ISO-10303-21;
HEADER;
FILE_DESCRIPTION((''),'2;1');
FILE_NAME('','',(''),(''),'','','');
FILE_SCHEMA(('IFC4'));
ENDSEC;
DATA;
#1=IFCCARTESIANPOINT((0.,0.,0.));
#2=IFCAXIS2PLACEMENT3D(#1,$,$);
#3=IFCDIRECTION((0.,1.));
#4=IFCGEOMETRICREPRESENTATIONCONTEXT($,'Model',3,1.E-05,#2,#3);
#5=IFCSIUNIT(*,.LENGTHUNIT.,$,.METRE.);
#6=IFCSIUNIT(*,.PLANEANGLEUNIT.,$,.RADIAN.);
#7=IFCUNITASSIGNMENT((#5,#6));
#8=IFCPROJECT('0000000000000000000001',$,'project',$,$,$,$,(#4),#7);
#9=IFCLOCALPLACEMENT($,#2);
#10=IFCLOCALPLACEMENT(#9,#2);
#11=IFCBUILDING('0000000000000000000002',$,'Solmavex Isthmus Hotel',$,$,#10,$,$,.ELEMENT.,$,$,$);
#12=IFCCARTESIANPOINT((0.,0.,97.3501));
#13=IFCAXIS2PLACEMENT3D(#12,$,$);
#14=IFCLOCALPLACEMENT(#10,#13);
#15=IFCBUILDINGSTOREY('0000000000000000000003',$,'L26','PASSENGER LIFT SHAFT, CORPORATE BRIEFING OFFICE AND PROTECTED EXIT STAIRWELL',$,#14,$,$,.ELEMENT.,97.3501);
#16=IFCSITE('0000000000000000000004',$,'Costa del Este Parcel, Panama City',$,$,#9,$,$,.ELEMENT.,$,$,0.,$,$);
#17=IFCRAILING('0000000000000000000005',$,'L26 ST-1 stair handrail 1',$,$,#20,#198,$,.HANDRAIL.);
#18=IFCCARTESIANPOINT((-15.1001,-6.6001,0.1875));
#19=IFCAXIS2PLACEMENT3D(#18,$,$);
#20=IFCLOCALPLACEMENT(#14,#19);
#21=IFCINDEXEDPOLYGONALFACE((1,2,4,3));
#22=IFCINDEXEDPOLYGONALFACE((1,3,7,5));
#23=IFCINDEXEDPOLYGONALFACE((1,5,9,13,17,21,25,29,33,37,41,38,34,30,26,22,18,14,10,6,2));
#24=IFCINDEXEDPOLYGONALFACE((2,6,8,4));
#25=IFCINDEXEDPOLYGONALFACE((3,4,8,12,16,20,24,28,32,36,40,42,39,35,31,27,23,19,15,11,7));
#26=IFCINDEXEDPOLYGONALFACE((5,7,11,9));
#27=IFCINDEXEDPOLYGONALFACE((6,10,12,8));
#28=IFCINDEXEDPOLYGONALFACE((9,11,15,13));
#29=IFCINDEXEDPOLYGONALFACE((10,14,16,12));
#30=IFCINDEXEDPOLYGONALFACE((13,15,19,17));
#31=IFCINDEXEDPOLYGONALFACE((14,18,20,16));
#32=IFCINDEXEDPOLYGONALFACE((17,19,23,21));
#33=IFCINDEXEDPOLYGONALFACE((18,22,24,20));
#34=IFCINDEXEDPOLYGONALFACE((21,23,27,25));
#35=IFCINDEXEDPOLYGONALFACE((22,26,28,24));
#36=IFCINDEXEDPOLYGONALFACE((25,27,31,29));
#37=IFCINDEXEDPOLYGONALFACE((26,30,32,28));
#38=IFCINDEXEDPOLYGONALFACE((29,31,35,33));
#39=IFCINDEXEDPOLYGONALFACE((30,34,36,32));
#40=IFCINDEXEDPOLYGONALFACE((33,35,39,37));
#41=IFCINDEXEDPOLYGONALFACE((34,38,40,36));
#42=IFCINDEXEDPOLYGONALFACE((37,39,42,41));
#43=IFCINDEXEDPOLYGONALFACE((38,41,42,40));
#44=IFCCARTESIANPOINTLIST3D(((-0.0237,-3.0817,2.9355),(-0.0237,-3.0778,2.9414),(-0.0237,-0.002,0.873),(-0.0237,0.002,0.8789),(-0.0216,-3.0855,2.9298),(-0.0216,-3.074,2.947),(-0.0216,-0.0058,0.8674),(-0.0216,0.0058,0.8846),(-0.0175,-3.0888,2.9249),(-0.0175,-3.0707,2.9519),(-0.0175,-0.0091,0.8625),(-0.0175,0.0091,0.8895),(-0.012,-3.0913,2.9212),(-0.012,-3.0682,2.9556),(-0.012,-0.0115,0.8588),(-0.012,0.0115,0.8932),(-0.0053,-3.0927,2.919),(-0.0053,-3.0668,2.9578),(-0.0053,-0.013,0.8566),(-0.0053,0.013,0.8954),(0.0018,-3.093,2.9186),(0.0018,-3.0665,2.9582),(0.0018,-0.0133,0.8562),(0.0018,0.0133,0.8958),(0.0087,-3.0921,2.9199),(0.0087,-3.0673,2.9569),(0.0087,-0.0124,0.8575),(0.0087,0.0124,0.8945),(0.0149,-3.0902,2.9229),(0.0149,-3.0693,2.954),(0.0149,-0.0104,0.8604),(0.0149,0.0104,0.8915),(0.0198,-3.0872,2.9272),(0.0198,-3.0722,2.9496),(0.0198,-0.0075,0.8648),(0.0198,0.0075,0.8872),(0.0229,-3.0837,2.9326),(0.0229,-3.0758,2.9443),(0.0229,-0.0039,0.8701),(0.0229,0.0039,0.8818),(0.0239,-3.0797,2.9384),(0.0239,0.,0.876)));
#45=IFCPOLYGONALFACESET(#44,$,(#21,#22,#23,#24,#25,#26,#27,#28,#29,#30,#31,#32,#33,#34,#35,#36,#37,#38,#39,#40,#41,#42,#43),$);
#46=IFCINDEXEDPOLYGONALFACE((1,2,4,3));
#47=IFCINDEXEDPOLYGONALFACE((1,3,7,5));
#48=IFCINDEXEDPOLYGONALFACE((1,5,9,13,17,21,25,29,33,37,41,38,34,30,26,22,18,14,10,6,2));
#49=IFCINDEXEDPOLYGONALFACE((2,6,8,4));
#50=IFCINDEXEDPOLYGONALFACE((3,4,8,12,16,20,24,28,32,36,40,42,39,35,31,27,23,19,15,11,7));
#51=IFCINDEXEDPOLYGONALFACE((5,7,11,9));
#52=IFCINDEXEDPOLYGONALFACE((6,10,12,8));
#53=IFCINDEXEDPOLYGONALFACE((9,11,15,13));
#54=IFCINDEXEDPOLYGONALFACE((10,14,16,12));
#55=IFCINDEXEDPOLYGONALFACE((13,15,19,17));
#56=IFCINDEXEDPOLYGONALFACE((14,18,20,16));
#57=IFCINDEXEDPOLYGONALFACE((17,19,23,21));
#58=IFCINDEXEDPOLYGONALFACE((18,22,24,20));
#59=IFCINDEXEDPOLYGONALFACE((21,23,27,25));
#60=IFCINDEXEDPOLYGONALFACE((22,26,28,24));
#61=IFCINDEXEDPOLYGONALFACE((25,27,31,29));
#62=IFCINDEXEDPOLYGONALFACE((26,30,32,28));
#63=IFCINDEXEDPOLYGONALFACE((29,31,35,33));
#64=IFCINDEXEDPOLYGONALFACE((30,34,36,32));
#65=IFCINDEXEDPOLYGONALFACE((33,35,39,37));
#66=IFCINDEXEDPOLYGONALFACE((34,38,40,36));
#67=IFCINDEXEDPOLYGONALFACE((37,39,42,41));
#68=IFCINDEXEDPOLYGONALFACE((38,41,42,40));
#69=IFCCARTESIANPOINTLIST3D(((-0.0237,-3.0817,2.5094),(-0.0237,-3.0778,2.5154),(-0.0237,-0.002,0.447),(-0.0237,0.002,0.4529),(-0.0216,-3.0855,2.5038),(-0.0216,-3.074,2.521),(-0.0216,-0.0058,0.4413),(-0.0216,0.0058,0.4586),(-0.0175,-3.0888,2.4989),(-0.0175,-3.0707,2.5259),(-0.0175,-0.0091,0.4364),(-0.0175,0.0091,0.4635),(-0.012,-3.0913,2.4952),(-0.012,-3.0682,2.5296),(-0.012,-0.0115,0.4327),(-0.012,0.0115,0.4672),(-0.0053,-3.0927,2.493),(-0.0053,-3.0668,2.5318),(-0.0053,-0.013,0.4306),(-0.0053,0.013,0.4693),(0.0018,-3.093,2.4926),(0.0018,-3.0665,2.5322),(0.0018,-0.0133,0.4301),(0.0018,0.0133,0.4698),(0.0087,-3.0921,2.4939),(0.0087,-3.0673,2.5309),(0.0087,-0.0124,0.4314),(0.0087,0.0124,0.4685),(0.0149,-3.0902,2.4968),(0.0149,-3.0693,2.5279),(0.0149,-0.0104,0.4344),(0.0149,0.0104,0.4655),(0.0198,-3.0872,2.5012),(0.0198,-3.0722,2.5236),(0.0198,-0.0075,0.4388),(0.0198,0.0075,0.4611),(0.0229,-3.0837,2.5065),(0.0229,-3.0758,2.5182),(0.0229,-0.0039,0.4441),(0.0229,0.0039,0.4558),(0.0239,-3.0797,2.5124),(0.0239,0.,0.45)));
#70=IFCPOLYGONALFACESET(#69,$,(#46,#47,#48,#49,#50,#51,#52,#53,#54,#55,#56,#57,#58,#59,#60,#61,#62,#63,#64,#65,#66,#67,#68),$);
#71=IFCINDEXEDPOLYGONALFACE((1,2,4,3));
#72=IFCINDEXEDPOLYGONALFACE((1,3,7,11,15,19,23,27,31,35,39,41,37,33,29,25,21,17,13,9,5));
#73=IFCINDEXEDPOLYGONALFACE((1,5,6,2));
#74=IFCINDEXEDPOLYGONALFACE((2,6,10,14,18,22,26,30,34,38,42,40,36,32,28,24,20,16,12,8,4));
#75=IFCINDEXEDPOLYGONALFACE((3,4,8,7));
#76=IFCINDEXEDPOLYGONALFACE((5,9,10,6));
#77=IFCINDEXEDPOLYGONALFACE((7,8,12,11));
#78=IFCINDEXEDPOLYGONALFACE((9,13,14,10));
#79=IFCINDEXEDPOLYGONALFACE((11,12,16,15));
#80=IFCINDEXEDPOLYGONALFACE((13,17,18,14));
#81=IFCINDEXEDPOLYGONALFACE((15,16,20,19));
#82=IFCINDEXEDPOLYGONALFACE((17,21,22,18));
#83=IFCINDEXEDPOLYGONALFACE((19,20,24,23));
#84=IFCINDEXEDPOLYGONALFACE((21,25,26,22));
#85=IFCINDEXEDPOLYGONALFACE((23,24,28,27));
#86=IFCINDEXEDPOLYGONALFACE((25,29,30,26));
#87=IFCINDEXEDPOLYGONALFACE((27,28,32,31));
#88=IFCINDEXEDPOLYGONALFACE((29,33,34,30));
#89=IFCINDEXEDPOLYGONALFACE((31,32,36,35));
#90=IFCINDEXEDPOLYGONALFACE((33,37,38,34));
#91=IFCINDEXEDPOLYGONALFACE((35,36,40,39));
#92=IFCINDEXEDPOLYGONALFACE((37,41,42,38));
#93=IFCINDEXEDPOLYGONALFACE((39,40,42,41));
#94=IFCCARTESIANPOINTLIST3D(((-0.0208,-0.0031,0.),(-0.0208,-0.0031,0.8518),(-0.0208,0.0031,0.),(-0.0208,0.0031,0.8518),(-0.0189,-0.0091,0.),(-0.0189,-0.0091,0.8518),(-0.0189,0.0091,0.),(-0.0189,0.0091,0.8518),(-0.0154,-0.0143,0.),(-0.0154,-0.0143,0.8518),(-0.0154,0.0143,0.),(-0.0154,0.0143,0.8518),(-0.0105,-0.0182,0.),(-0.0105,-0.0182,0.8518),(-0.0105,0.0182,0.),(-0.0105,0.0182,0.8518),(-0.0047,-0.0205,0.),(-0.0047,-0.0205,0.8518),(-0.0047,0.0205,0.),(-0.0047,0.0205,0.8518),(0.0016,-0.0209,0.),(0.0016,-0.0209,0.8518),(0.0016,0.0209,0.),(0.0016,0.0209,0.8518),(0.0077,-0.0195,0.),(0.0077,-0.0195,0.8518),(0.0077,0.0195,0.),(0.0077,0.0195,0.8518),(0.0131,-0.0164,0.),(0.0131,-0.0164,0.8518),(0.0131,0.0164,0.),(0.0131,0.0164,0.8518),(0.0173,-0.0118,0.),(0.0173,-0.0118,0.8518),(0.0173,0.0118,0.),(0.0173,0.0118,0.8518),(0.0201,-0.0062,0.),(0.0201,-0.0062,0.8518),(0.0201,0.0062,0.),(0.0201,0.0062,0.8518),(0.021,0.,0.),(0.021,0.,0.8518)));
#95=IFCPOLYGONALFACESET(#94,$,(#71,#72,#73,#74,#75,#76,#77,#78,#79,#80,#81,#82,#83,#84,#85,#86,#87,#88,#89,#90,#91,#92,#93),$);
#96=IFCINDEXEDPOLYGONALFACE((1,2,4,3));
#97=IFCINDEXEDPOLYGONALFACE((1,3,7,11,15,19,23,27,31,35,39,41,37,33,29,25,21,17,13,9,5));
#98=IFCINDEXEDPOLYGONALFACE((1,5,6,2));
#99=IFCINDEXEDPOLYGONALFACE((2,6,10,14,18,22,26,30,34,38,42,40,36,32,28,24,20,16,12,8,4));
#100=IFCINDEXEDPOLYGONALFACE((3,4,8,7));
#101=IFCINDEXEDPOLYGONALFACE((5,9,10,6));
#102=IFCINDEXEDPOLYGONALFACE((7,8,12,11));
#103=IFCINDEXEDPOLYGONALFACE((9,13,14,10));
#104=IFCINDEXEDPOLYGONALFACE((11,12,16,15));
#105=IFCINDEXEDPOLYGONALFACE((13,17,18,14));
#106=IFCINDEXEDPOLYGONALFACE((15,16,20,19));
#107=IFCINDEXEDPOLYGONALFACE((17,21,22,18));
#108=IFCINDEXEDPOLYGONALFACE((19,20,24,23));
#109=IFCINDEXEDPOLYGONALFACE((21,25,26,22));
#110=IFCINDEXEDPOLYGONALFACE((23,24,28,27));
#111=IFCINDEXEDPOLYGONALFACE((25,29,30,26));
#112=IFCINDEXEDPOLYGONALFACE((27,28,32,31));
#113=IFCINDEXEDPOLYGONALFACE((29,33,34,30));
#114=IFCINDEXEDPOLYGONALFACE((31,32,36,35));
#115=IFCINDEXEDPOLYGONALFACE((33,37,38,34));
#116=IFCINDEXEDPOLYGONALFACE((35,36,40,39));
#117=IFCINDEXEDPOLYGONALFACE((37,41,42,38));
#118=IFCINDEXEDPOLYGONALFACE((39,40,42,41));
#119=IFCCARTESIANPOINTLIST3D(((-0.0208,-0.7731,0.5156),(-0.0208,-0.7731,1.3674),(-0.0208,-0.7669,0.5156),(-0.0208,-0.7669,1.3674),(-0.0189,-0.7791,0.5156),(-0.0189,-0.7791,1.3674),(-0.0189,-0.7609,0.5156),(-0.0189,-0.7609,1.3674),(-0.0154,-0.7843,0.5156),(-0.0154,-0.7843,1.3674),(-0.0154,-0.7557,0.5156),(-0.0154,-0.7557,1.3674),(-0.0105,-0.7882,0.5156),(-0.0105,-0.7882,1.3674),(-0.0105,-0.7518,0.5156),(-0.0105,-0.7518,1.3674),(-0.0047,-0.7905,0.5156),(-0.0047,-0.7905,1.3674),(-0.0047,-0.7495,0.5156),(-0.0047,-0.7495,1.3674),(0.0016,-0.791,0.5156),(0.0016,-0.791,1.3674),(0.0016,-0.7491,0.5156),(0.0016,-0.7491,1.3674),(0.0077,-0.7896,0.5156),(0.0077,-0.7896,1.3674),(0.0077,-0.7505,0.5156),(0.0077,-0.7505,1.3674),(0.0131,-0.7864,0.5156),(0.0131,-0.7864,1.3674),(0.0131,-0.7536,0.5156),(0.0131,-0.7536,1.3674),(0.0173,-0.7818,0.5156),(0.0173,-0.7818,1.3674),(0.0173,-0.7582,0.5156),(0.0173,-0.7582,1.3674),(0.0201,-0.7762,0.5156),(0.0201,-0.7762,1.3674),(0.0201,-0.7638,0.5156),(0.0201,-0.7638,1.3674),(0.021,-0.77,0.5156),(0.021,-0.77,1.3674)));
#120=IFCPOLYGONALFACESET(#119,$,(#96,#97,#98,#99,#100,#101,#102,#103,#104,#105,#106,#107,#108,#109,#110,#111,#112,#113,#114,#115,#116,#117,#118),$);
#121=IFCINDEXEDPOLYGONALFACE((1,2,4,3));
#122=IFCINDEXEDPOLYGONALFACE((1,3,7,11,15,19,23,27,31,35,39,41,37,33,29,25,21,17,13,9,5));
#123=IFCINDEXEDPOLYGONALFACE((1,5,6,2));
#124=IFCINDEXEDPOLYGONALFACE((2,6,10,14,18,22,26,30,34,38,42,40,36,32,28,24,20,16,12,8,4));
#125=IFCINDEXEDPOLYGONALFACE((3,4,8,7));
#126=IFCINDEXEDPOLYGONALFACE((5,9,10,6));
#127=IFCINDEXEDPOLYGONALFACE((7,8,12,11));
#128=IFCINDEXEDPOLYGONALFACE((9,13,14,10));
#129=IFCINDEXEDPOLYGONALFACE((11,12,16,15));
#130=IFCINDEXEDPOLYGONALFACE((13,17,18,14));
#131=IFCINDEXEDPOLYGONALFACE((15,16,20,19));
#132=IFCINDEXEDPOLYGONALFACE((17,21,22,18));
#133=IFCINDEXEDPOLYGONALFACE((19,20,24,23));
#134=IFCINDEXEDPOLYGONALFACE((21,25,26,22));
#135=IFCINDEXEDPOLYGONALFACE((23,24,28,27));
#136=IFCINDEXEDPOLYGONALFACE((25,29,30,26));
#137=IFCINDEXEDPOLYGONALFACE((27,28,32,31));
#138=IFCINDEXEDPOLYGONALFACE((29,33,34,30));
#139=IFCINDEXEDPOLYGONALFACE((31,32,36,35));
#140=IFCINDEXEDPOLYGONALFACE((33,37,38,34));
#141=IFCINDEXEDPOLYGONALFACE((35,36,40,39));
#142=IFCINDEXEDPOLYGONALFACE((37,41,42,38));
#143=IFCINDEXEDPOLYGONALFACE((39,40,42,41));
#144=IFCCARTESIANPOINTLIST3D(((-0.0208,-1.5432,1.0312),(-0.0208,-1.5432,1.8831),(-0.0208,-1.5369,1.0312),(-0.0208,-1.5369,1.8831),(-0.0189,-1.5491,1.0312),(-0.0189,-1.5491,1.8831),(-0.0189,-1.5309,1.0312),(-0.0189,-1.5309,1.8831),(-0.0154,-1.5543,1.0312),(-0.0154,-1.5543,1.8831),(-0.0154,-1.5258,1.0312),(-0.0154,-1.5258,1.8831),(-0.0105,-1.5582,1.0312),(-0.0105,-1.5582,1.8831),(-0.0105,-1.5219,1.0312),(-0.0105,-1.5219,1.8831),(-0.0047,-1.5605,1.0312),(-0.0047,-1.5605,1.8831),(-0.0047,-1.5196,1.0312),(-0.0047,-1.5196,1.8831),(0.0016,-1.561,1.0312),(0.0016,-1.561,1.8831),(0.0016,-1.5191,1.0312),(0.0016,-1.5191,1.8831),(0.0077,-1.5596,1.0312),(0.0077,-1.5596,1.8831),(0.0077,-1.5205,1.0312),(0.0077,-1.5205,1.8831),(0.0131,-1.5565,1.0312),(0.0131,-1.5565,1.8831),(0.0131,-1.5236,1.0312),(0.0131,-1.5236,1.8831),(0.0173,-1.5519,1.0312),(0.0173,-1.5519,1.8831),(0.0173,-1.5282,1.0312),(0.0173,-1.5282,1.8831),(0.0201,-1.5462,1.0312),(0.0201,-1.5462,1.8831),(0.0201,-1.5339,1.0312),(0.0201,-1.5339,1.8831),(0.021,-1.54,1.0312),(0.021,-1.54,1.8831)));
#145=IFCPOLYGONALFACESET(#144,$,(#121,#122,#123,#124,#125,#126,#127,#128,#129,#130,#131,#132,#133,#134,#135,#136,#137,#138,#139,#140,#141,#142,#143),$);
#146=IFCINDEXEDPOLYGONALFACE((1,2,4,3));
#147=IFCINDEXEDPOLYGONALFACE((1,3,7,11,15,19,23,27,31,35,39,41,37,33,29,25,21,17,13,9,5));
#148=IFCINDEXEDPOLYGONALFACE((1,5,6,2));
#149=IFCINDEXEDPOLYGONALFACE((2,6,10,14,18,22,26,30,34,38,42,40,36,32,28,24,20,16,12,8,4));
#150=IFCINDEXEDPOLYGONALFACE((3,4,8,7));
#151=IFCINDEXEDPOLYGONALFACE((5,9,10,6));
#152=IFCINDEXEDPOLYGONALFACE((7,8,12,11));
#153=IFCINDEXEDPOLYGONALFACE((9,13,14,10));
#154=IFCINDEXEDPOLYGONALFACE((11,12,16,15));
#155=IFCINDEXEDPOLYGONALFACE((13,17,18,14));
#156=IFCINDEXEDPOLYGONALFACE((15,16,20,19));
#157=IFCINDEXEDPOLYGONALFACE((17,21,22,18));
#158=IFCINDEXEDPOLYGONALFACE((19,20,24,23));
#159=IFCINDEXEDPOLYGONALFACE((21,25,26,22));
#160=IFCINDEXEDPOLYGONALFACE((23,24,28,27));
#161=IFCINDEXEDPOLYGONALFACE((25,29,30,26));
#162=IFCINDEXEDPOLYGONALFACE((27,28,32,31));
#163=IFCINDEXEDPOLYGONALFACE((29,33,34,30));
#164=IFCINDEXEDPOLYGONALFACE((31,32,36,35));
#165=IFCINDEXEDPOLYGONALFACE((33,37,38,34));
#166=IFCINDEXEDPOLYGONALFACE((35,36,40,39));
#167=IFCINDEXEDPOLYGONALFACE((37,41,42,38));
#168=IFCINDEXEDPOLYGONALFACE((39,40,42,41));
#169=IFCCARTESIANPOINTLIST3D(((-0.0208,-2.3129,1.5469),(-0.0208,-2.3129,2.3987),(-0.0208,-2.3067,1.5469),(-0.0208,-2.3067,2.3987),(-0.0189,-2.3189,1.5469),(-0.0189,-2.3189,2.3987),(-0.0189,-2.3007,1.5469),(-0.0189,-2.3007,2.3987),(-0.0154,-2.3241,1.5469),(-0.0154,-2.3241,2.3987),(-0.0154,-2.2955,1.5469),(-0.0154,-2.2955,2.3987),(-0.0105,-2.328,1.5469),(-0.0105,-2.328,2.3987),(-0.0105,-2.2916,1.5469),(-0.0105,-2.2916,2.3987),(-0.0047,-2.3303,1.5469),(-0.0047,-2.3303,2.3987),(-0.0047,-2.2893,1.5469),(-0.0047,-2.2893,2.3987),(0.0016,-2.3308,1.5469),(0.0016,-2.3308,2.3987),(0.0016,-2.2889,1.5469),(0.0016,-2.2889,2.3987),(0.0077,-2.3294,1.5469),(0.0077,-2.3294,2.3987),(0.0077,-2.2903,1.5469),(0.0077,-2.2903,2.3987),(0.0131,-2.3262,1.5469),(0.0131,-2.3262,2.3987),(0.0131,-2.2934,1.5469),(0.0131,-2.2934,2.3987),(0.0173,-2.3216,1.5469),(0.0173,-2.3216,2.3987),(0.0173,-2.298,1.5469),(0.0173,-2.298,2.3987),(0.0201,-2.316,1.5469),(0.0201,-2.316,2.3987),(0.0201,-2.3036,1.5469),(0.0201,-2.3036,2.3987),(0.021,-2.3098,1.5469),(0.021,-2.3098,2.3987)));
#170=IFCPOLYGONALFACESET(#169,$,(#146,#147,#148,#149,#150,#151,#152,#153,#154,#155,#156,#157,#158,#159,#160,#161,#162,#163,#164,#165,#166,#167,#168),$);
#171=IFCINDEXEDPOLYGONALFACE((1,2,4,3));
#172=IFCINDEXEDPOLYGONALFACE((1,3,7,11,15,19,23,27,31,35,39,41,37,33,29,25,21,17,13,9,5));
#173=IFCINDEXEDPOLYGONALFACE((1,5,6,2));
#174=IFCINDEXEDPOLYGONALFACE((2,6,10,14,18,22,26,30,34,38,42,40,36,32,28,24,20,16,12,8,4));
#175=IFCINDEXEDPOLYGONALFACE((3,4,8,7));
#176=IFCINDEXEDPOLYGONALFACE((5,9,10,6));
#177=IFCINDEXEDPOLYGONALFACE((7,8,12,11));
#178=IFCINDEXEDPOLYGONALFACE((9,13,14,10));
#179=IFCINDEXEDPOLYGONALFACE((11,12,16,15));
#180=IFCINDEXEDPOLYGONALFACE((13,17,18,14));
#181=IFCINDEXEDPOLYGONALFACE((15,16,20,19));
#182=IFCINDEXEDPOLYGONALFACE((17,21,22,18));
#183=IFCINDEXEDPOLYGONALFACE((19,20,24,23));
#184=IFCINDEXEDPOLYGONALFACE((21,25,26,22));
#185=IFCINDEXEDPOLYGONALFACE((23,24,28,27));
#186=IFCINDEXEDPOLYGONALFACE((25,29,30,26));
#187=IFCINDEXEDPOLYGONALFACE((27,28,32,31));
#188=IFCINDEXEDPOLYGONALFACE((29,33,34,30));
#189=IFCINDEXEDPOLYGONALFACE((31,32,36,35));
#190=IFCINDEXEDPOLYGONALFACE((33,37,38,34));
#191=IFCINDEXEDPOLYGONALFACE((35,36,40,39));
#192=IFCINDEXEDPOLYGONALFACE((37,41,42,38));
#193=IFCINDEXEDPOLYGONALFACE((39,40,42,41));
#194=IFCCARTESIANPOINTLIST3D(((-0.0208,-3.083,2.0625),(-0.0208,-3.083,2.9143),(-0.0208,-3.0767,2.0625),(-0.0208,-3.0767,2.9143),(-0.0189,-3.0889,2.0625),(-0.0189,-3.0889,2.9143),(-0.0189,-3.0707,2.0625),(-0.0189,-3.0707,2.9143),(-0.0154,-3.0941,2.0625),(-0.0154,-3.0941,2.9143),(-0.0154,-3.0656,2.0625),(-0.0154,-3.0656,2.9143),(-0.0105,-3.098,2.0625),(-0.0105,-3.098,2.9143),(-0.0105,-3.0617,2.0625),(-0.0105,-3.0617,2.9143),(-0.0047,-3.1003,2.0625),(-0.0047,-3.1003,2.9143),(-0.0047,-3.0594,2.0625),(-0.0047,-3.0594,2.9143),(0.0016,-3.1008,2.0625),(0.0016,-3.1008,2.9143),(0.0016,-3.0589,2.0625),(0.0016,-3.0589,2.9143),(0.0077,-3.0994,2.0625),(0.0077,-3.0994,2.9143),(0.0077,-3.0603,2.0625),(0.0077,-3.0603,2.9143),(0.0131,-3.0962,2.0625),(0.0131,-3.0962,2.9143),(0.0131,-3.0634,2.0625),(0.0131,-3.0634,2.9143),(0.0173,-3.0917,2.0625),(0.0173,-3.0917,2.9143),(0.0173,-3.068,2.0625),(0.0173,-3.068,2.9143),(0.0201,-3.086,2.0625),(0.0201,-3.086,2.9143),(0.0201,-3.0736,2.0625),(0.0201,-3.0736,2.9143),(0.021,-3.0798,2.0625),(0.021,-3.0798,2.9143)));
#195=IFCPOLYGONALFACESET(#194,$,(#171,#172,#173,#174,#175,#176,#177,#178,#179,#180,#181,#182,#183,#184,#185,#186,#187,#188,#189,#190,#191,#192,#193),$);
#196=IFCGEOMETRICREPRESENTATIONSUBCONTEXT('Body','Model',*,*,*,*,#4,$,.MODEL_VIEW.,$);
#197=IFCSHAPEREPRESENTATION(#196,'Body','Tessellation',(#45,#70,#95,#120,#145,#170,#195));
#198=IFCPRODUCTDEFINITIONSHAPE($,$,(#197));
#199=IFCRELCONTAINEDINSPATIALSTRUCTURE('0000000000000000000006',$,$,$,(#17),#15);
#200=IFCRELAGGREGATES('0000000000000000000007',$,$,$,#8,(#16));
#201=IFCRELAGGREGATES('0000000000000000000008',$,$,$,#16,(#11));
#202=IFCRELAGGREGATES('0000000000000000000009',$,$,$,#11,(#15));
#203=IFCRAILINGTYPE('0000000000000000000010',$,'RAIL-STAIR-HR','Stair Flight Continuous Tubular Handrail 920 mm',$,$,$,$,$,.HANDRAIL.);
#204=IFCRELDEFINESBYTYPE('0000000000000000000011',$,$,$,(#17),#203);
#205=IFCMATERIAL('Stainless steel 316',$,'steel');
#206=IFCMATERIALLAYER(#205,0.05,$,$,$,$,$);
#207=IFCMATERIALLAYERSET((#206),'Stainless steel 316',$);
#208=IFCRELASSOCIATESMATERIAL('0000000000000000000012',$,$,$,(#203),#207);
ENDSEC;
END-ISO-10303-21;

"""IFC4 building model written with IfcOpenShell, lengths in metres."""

from ifc_helpers import new_model, si_unit, direction, frame, origin, origin_2d, place, context, subcontext, project, spatial, circle, extrude, material, layer, layer_set, type_object, element, save


model = new_model("IFC4")

# Units and contexts
model_context = context("Model", 3, precision=1e-05, world=origin(), true_north=direction((0.0, 1.0)))
body_context = subcontext(model_context, "Body", "Model", "MODEL_VIEW")
ifc_project = project(units=[si_unit("LENGTHUNIT", "METRE"), si_unit("PLANEANGLEUNIT", "RADIAN")], contexts=[model_context])

# Site, building, storey
site_placement = place(None, origin())
site = spatial("IfcSite", under=ifc_project, at=site_placement, Name="Costa del Este Parcel, Panama City", CompositionType="ELEMENT", RefElevation=0.0)
building_placement = place(site_placement, origin())
building = spatial("IfcBuilding", under=site, at=building_placement, Name="Solmavex Isthmus Hotel", CompositionType="ELEMENT")
storey_placement = place(building_placement, frame((0.0, 0.0, 97.3501)))
storey = spatial("IfcBuildingStorey", under=building, at=storey_placement, Name="L26", Description="PASSENGER LIFT SHAFT, CORPORATE BRIEFING OFFICE AND PROTECTED EXIT STAIRWELL", CompositionType="ELEMENT", Elevation=97.3501)

# Railing
ifc_material_1 = material(Name="Stainless steel 316", Category="steel")
ifc_layer_1 = layer(ifc_material_1, 0.05)
ifc_layer_set_1 = layer_set([ifc_layer_1], Name="Stainless steel 316")
railing_type_1 = type_object("IfcRailingType", Name="RAIL-STAIR-HR", Description="Stair Flight Continuous Tubular Handrail 920 mm", PredefinedType="HANDRAIL", material=ifc_layer_set_1)
railing_1_placement = place(storey_placement, frame((-15.1001, -6.6001, 0.1875)))
element("IfcRailing", 1, at=railing_1_placement, inside=storey, type_object=railing_type_1, Name="L26 ST-1 stair handrail 1", PredefinedType="HANDRAIL", context=body_context, shape_type="SweptSolid", body=[
    extrude(circle(Radius=0.0239, at=origin_2d()), frame((0.0, 0.0, 0.876), z_axis=(0.0, -0.830893, 0.556432), x_axis=(1.0, 0.0, 0.0)), (0.0, 0.0, 1.0), 3.7065),
    extrude(circle(Radius=0.0239, at=origin_2d()), frame((0.0, 0.0, 0.45), z_axis=(0.0, -0.830893, 0.556432), x_axis=(1.0, 0.0, 0.0)), (0.0, 0.0, 1.0), 3.7065),
    extrude(circle(Radius=0.021, at=origin_2d()), origin(), (0.0, 0.0, 1.0), 0.8518),
    extrude(circle(Radius=0.021, at=origin_2d()), frame((0.0, -0.77, 0.5156)), (0.0, 0.0, 1.0), 0.8518),
    extrude(circle(Radius=0.021, at=origin_2d()), frame((0.0, -1.54, 1.0312)), (0.0, 0.0, 1.0), 0.8518),
    extrude(circle(Radius=0.021, at=origin_2d()), frame((0.0, -2.3098, 1.5469)), (0.0, 0.0, 1.0), 0.8518),
    extrude(circle(Radius=0.021, at=origin_2d()), frame((0.0, -3.0798, 2.0625)), (0.0, 0.0, 1.0), 0.8518),
])

save(model, "model.ifc")
